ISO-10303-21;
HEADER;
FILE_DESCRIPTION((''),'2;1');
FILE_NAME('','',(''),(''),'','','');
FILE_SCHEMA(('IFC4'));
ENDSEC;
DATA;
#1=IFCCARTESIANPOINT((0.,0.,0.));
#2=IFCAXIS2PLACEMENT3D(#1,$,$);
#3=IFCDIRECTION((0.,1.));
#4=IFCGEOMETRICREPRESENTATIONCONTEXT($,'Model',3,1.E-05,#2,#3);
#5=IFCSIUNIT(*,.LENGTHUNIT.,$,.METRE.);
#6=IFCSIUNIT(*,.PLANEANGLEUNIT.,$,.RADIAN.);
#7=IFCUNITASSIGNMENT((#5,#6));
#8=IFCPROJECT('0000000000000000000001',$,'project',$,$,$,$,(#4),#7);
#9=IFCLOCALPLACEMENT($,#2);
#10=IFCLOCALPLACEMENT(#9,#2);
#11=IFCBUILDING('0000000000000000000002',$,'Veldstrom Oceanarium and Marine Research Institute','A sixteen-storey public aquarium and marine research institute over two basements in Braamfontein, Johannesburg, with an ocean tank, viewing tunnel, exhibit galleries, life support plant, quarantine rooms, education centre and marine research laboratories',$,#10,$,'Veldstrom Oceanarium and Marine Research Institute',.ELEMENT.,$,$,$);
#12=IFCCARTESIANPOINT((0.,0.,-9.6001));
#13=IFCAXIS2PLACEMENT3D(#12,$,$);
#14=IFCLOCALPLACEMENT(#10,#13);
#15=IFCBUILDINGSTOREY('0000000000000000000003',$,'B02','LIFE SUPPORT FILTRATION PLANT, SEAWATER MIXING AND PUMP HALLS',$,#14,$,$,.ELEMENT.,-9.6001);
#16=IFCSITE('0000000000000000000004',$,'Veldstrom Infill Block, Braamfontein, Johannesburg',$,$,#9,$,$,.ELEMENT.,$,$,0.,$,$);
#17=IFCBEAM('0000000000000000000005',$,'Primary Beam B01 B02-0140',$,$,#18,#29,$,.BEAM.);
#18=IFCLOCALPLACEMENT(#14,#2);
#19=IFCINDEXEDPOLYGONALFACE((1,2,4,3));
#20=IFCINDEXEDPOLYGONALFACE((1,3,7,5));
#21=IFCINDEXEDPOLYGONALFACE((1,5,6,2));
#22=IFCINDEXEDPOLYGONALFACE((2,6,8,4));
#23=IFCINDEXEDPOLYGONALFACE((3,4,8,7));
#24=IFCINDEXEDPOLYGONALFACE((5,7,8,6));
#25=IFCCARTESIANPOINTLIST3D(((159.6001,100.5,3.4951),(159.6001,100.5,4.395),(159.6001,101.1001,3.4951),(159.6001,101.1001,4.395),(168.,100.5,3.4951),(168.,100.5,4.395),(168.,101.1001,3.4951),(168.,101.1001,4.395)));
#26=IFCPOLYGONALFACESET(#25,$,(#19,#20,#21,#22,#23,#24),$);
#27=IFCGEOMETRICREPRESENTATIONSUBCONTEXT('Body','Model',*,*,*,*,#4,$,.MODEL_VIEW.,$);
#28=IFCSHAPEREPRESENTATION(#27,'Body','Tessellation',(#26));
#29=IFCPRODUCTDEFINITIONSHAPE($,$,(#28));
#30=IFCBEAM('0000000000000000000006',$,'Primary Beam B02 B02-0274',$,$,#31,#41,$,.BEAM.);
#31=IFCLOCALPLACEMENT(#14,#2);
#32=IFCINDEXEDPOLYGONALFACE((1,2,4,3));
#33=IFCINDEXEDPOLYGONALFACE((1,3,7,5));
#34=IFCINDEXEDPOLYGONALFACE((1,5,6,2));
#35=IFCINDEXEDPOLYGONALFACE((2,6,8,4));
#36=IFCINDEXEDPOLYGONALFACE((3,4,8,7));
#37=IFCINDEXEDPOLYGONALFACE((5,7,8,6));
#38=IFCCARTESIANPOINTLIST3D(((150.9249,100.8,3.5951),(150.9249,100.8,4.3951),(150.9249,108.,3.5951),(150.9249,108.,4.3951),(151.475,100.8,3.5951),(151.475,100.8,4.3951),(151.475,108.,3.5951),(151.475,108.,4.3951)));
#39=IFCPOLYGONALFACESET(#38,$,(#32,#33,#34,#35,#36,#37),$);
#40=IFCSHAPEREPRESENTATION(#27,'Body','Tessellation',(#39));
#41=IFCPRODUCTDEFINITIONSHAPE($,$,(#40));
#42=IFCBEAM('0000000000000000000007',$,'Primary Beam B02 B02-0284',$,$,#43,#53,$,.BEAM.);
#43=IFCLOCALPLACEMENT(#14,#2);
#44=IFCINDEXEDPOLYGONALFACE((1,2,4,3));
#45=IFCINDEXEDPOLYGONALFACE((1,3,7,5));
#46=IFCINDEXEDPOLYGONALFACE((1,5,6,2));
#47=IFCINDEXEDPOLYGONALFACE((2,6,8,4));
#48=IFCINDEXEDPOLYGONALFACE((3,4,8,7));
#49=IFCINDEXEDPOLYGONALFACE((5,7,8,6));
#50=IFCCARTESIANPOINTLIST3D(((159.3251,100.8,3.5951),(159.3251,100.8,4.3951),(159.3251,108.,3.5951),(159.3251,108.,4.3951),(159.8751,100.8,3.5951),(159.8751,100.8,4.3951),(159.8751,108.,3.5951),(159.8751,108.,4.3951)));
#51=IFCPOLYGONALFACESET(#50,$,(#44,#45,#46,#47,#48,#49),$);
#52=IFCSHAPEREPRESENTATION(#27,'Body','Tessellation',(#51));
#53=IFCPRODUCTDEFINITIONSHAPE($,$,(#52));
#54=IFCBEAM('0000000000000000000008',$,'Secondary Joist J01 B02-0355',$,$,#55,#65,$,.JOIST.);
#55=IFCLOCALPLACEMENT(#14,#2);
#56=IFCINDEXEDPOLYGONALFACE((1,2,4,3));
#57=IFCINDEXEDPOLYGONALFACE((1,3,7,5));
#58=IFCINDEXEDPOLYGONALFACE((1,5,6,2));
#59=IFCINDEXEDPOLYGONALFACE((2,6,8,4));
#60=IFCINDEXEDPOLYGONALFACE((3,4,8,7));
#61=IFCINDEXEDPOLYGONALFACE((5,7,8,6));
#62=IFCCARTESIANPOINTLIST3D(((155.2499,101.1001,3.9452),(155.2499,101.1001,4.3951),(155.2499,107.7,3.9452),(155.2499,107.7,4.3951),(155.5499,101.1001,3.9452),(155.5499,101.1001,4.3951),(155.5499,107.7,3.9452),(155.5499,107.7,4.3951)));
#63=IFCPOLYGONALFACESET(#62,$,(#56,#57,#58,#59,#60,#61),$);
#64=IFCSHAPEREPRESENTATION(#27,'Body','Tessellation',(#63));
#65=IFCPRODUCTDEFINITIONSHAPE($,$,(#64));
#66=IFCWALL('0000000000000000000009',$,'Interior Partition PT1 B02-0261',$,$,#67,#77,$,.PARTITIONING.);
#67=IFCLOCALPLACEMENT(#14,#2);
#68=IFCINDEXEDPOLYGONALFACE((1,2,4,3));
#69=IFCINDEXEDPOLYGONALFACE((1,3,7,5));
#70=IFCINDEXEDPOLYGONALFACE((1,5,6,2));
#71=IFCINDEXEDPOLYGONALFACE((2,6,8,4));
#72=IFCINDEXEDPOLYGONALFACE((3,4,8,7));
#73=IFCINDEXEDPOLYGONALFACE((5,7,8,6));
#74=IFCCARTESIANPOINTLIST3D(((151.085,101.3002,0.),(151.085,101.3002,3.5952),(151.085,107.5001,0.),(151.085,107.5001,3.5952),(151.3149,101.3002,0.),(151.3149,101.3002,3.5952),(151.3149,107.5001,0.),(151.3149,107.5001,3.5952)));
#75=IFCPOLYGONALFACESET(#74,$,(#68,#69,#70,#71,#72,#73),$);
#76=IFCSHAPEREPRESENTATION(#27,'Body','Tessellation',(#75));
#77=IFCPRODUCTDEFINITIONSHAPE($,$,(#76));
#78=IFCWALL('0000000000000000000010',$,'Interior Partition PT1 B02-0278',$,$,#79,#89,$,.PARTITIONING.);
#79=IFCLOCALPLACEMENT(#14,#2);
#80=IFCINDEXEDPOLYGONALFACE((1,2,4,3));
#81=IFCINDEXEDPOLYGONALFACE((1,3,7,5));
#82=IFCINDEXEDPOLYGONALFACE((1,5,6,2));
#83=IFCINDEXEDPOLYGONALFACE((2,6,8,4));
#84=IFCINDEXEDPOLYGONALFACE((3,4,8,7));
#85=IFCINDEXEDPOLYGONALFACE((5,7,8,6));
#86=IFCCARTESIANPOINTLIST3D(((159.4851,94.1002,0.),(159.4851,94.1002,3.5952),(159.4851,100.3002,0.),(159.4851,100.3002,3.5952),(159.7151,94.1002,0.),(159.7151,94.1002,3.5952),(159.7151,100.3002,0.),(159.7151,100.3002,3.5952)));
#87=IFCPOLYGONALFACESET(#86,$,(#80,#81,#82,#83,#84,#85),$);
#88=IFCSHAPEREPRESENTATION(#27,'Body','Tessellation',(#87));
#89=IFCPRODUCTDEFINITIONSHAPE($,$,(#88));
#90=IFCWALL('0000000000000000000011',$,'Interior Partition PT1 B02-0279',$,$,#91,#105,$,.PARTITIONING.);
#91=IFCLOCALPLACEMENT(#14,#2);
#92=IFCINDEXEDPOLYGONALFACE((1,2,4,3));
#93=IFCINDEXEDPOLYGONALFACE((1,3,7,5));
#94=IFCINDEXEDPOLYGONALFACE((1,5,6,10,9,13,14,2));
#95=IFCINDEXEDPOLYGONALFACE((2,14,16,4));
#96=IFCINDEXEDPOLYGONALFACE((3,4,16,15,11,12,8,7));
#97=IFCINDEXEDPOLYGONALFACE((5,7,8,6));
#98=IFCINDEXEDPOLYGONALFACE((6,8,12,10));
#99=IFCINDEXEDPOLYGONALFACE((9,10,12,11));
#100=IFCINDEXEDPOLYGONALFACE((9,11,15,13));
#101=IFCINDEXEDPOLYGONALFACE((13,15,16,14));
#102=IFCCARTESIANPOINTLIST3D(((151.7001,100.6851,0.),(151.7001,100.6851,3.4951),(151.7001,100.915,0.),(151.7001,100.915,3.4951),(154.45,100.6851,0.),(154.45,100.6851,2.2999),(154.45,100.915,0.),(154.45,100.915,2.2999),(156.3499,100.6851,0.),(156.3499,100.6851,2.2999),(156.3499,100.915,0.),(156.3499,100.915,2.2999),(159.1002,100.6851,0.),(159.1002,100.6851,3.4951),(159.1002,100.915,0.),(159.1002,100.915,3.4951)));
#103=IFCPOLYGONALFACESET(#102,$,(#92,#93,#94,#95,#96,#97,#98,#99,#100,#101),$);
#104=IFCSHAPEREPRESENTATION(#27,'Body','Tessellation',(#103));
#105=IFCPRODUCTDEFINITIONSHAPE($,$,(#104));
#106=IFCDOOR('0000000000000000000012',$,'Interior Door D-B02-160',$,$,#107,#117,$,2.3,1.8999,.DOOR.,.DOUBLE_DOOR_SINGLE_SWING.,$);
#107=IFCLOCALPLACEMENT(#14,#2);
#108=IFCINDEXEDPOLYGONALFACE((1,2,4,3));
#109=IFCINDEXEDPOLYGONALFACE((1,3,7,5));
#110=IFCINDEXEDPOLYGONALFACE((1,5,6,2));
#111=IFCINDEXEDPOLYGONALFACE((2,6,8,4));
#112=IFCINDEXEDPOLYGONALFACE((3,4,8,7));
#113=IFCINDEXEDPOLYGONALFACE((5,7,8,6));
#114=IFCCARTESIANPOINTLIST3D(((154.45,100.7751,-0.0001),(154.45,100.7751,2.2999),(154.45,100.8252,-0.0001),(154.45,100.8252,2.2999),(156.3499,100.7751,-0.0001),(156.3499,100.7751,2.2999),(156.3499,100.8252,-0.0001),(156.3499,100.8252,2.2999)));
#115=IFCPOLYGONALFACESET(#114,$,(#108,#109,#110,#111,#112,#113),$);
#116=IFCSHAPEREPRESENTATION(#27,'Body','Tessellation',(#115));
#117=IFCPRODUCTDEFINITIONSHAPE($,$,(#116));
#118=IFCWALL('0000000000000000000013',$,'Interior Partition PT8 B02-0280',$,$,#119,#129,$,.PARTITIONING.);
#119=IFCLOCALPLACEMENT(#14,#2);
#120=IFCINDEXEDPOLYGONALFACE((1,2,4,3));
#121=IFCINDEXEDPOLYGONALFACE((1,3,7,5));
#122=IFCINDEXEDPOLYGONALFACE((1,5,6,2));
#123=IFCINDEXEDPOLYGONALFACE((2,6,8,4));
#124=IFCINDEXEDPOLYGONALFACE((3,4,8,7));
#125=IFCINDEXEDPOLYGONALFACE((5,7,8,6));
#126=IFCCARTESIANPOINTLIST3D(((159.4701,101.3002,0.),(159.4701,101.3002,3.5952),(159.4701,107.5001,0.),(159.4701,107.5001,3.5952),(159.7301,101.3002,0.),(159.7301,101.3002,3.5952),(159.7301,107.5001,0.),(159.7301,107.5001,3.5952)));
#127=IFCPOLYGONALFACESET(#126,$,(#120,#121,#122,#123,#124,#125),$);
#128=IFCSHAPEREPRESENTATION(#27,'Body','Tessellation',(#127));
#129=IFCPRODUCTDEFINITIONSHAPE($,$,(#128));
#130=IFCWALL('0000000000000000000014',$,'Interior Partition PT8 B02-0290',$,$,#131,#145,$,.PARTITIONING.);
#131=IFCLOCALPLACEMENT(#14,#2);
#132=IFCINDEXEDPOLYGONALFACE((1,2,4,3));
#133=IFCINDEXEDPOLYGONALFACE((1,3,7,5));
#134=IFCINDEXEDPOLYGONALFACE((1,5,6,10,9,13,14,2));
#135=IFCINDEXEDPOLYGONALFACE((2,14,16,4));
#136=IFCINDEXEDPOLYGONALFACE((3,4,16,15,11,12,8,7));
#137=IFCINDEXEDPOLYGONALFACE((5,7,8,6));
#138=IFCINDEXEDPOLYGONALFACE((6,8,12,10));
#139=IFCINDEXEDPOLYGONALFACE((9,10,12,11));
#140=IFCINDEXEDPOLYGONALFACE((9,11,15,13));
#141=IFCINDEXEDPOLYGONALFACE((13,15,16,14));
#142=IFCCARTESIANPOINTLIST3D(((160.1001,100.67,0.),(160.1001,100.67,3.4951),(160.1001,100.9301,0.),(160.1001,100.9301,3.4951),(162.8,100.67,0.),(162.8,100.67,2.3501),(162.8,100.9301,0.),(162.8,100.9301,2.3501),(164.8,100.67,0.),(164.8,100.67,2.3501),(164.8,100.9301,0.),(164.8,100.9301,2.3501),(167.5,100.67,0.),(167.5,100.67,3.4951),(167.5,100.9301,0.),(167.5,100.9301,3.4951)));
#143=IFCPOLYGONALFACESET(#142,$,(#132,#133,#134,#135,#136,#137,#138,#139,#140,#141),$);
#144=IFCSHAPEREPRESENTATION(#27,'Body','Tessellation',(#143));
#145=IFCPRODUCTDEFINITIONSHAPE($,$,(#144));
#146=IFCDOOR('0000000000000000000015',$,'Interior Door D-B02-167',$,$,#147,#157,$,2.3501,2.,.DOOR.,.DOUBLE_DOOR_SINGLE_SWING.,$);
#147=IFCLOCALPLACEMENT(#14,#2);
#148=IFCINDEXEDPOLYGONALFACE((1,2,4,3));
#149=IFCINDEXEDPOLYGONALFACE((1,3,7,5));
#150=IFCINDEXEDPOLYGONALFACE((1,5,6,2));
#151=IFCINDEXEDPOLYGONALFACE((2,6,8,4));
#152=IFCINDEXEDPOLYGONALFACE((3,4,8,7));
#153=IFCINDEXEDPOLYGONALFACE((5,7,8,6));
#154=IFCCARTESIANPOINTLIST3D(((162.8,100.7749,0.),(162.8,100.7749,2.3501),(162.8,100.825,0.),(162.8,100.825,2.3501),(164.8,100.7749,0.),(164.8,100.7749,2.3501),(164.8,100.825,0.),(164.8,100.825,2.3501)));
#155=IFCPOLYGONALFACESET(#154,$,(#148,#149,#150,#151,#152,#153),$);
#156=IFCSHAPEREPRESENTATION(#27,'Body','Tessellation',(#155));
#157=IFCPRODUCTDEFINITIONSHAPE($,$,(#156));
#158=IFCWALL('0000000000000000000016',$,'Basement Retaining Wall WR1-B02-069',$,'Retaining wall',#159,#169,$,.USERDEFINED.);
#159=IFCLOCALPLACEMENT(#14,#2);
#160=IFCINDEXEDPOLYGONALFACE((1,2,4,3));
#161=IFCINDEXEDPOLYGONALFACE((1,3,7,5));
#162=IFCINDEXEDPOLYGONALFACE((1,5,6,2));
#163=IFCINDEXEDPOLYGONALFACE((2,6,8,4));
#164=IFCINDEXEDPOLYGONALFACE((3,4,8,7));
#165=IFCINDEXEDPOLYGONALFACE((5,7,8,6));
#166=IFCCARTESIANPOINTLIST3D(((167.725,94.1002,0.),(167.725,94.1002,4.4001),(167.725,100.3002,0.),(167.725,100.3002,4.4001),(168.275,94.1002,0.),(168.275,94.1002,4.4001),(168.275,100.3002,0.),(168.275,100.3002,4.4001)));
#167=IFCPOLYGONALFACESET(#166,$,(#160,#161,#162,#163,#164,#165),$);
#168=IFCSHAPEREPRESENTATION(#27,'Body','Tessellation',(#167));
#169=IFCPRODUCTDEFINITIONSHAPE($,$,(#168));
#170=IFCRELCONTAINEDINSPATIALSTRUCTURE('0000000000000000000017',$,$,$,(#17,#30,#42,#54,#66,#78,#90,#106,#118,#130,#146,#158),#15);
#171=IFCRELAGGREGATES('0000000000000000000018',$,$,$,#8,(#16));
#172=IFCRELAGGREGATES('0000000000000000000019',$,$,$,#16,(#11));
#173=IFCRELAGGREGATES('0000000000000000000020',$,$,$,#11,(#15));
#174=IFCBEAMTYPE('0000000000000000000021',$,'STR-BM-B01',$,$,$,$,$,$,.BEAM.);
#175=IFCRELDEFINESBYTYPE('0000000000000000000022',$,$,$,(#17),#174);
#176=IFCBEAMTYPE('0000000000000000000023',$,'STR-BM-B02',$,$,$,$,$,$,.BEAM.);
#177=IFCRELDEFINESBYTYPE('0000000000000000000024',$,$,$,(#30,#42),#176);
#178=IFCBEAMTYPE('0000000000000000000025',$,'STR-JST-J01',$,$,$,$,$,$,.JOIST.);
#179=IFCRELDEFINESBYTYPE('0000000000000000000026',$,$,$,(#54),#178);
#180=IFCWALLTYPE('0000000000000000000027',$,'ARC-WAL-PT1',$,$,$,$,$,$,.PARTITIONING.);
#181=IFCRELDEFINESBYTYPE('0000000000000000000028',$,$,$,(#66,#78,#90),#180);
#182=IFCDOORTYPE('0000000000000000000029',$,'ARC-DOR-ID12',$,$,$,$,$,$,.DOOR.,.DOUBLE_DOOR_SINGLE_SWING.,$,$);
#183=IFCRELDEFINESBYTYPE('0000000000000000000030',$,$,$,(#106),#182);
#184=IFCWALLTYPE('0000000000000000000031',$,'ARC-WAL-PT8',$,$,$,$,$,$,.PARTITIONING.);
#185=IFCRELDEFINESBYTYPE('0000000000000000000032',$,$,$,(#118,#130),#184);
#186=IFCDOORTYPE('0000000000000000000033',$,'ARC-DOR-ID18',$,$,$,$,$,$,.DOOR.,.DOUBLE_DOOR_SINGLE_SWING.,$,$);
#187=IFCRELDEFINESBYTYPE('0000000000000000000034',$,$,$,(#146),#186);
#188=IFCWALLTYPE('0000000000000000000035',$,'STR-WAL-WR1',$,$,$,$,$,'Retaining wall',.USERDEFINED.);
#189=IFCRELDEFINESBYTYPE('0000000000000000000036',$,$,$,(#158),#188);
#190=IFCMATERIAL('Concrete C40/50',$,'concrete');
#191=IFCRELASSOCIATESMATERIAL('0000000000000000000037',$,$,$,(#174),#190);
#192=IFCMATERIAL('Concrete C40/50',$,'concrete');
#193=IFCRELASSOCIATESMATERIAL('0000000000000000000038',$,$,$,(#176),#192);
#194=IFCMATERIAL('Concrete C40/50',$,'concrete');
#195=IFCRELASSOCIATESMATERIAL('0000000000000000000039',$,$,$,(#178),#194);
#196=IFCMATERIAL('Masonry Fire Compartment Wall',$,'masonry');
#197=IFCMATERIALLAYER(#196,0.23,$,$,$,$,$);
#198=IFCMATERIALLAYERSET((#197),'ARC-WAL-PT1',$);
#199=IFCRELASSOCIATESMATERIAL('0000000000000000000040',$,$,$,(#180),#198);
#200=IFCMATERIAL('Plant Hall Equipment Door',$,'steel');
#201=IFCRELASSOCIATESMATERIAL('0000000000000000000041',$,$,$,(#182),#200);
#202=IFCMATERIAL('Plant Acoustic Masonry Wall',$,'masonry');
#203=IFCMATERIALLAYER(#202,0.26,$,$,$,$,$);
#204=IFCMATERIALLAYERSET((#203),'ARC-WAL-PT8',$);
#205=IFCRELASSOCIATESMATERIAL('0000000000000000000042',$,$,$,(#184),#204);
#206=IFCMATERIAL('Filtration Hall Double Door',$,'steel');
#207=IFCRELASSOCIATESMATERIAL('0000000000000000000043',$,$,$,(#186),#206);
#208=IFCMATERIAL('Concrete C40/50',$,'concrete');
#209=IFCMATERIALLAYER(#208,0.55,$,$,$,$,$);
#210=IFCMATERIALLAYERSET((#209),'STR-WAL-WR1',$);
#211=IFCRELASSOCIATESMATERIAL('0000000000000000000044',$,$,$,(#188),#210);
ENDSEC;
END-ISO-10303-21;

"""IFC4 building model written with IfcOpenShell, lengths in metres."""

from ifc_helpers import new_model, si_unit, direction, frame, frame_2d, origin, origin_2d, place, context, subcontext, project, spatial, rectangle, extrude, material, layer, layer_set, material_profile, profile_set, type_object, element, fill, save


model = new_model("IFC4")

# Units and contexts
model_context = context("Model", 3, precision=1e-05, world=origin(), true_north=direction((0.0, 1.0)))
body_context = subcontext(model_context, "Body", "Model", "MODEL_VIEW")
ifc_project = project(units=[si_unit("LENGTHUNIT", "METRE"), si_unit("PLANEANGLEUNIT", "RADIAN")], contexts=[model_context])

# Site, building, storey
site_placement = place(None, origin())
site = spatial("IfcSite", under=ifc_project, at=site_placement, Name="Veldstrom Infill Block, Braamfontein, Johannesburg", CompositionType="ELEMENT", RefElevation=0.0)
building_placement = place(site_placement, origin())
building = spatial("IfcBuilding", under=site, at=building_placement, Name="Veldstrom Oceanarium and Marine Research Institute", Description="A sixteen-storey public aquarium and marine research institute over two basements in Braamfontein, Johannesburg, with an ocean tank, viewing tunnel, exhibit galleries, life support plant, quarantine rooms, education centre and marine research laboratories", LongName="Veldstrom Oceanarium and Marine Research Institute", CompositionType="ELEMENT")
storey_placement = place(building_placement, frame((0.0, 0.0, -9.6001)))
storey = spatial("IfcBuildingStorey", under=building, at=storey_placement, Name="B02", Description="LIFE SUPPORT FILTRATION PLANT, SEAWATER MIXING AND PUMP HALLS", CompositionType="ELEMENT", Elevation=-9.6001)

# Beams
ifc_material_1 = material(Name="Concrete C40/50", Category="concrete")
ifc_material_profile_1 = material_profile(ifc_material_1, rectangle(XDim=0.6001, YDim=0.8999, at=origin_2d()), Name="RC-BM-600x900")
ifc_profile_set_1 = profile_set([ifc_material_profile_1], Name="Concrete C40/50")
beam_type_1 = type_object("IfcBeamType", Name="STR-BM-B01", PredefinedType="BEAM", material=ifc_profile_set_1)
beam_1_placement = place(storey_placement, frame((159.6001, 100.8, 3.9451), z_axis=(1.0, 0.0, 0.0), x_axis=(0.0, 1.0, 0.0)))
element("IfcBeam", 1, at=beam_1_placement, inside=storey, type_object=beam_type_1, Name="Primary Beam B01 B02-0140", PredefinedType="BEAM", context=body_context, shape_type="SweptSolid", body=[
    extrude(rectangle(XDim=0.6001, YDim=0.8999, at=origin_2d()), origin(), (0.0, 0.0, 1.0), 8.3999),
])
ifc_material_2 = material(Name="Concrete C40/50", Category="concrete")
ifc_material_profile_2 = material_profile(ifc_material_2, rectangle(XDim=0.55, YDim=0.8, at=origin_2d()), Name="RC-BM-550x800")
ifc_profile_set_2 = profile_set([ifc_material_profile_2], Name="Concrete C40/50")
beam_type_2 = type_object("IfcBeamType", Name="STR-BM-B02", PredefinedType="BEAM", material=ifc_profile_set_2)
for number, where, z_axis, x_axis, name in (
    (2, (151.2, 100.8, 3.9951), (0.0, 1.0, 0.0), (-1.0, 0.0, 0.0), "Primary Beam B02 B02-0274"),
    (3, (159.6001, 100.8, 3.9951), (0.0, 1.0, 0.0), (-1.0, 0.0, 0.0), "Primary Beam B02 B02-0284"),
):
    element("IfcBeam", number, at=place(storey_placement, frame(where, z_axis=z_axis, x_axis=x_axis)), inside=storey, type_object=beam_type_2, Name=name, PredefinedType="BEAM", context=body_context, shape_type="SweptSolid", body=[
        extrude(rectangle(XDim=0.55, YDim=0.8, at=origin_2d()), origin(), (0.0, 0.0, 1.0), 7.2),
    ])
ifc_material_3 = material(Name="Concrete C40/50", Category="concrete")
ifc_material_profile_3 = material_profile(ifc_material_3, rectangle(XDim=0.3, YDim=0.45, at=origin_2d()), Name="RC-JST-300x450")
ifc_profile_set_3 = profile_set([ifc_material_profile_3], Name="Concrete C40/50")
beam_type_3 = type_object("IfcBeamType", Name="STR-JST-J01", PredefinedType="JOIST", material=ifc_profile_set_3)
beam_2_placement = place(storey_placement, frame((155.3999, 101.1001, 4.1702), z_axis=(0.0, 1.0, 0.0), x_axis=(-1.0, 0.0, 0.0)))
element("IfcBeam", 4, at=beam_2_placement, inside=storey, type_object=beam_type_3, Name="Secondary Joist J01 B02-0355", PredefinedType="JOIST", context=body_context, shape_type="SweptSolid", body=[
    extrude(rectangle(XDim=0.3, YDim=0.45, at=origin_2d()), origin(), (0.0, 0.0, 1.0), 6.5999),
])

# Walls
ifc_material_4 = material(Name="Masonry Fire Compartment Wall", Category="masonry")
ifc_layer_1 = layer(ifc_material_4, 0.23)
ifc_layer_set_1 = layer_set([ifc_layer_1], Name="ARC-WAL-PT1")
wall_type_1 = type_object("IfcWallType", Name="ARC-WAL-PT1", PredefinedType="PARTITIONING", material=ifc_layer_set_1)
for number, where, z_axis, x_axis, name in (
    (5, (151.2, 101.3, 0.0), (0.0, 0.0, 1.0), (0.0, 1.0, 0.0), "Interior Partition PT1 B02-0261"),
    (6, (159.6001, 94.1001, 0.0), (0.0, 0.0, 1.0), (0.0, 1.0, 0.0), "Interior Partition PT1 B02-0278"),
):
    element("IfcWall", number, at=place(storey_placement, frame(where, z_axis=z_axis, x_axis=x_axis)), inside=storey, type_object=wall_type_1, Name=name, PredefinedType="PARTITIONING", context=body_context, shape_type="SweptSolid", body=[
        extrude(rectangle(XDim=6.2, YDim=0.23, at=frame_2d((3.1001, 0.0))), origin(), (0.0, 0.0, 1.0), 3.5952),
    ])

# Wall, opening, door
wall_1_placement = place(storey_placement, frame((151.7, 100.8, 0.0), z_axis=(0.0, 0.0, 1.0), x_axis=(1.0, 0.0, 0.0)))
wall_1 = element("IfcWall", 7, at=wall_1_placement, inside=storey, type_object=wall_type_1, Name="Interior Partition PT1 B02-0279", PredefinedType="PARTITIONING", context=body_context, shape_type="SweptSolid", body=[
    extrude(rectangle(XDim=7.4001, YDim=0.23, at=frame_2d((3.7002, 0.0))), origin(), (0.0, 0.0, 1.0), 3.4951),
])
opening_1_placement = place(wall_1_placement, frame((2.75, 0.0, 0.0)))
opening_1 = element("IfcOpeningElement", 8, at=opening_1_placement, cuts=wall_1, PredefinedType="OPENING", context=body_context, shape_type="SweptSolid", body=[
    extrude(rectangle(XDim=1.8999, YDim=2.3, at=frame_2d((0.95, 1.1499))), frame((0.0, 0.125, 0.0), z_axis=(0.0, -1.0, 0.0), x_axis=(1.0, 0.0, 0.0)), (0.0, 0.0, 1.0), 0.25),
])
ifc_material_5 = material(Name="Plant Hall Equipment Door", Category="steel")
door_type_1 = type_object("IfcDoorType", Name="ARC-DOR-ID12", OperationType="DOUBLE_DOOR_SINGLE_SWING", PredefinedType="DOOR", material=ifc_material_5)
door_1_placement = place(opening_1_placement, frame((1.8999, 0.0, 0.0), z_axis=(0.0, 0.0, 1.0), x_axis=(-1.0, 0.0, 0.0)))
door_1 = element("IfcDoor", 9, at=door_1_placement, inside=storey, type_object=door_type_1, Name="Interior Door D-B02-160", OperationType="DOUBLE_DOOR_SINGLE_SWING", OverallHeight=2.3, OverallWidth=1.8999, PredefinedType="DOOR", context=body_context, shape_type="SweptSolid", body=[
    extrude(rectangle(XDim=1.8999, YDim=2.3, at=frame_2d((0.95, 1.1499))), frame((0.0, 0.0249, 0.0), z_axis=(0.0, -1.0, 0.0), x_axis=(1.0, 0.0, 0.0)), (0.0, 0.0, 1.0), 0.05),
])
fill(opening_1, door_1)

# Wall
ifc_material_6 = material(Name="Plant Acoustic Masonry Wall", Category="masonry")
ifc_layer_2 = layer(ifc_material_6, 0.26)
ifc_layer_set_2 = layer_set([ifc_layer_2], Name="ARC-WAL-PT8")
wall_type_2 = type_object("IfcWallType", Name="ARC-WAL-PT8", PredefinedType="PARTITIONING", material=ifc_layer_set_2)
wall_2_placement = place(storey_placement, frame((159.6001, 101.3, 0.0), z_axis=(0.0, 0.0, 1.0), x_axis=(0.0, 1.0, 0.0)))
element("IfcWall", 10, at=wall_2_placement, inside=storey, type_object=wall_type_2, Name="Interior Partition PT8 B02-0280", PredefinedType="PARTITIONING", context=body_context, shape_type="SweptSolid", body=[
    extrude(rectangle(XDim=6.2, YDim=0.26, at=frame_2d((3.1001, 0.0))), origin(), (0.0, 0.0, 1.0), 3.5952),
])

# Wall, opening, door
wall_3_placement = place(storey_placement, frame((160.1001, 100.8, 0.0), z_axis=(0.0, 0.0, 1.0), x_axis=(1.0, 0.0, 0.0)))
wall_3 = element("IfcWall", 11, at=wall_3_placement, inside=storey, type_object=wall_type_2, Name="Interior Partition PT8 B02-0290", PredefinedType="PARTITIONING", context=body_context, shape_type="SweptSolid", body=[
    extrude(rectangle(XDim=7.3999, YDim=0.26, at=frame_2d((3.7, 0.0))), origin(), (0.0, 0.0, 1.0), 3.4951),
])
opening_2_placement = place(wall_3_placement, frame((2.7, 0.0, 0.0)))
opening_2 = element("IfcOpeningElement", 12, at=opening_2_placement, cuts=wall_3, PredefinedType="OPENING", context=body_context, shape_type="SweptSolid", body=[
    extrude(rectangle(XDim=2.0, YDim=2.3501, at=frame_2d((1.0, 1.175))), frame((0.0, 0.1399, 0.0), z_axis=(0.0, -1.0, 0.0), x_axis=(1.0, 0.0, 0.0)), (0.0, 0.0, 1.0), 0.28),
])
ifc_material_7 = material(Name="Filtration Hall Double Door", Category="steel")
door_type_2 = type_object("IfcDoorType", Name="ARC-DOR-ID18", OperationType="DOUBLE_DOOR_SINGLE_SWING", PredefinedType="DOOR", material=ifc_material_7)
door_2_placement = place(opening_2_placement, origin())
door_2 = element("IfcDoor", 13, at=door_2_placement, inside=storey, type_object=door_type_2, Name="Interior Door D-B02-167", OperationType="DOUBLE_DOOR_SINGLE_SWING", OverallHeight=2.3501, OverallWidth=2.0, PredefinedType="DOOR", context=body_context, shape_type="SweptSolid", body=[
    extrude(rectangle(XDim=2.0, YDim=2.3501, at=frame_2d((1.0, 1.175))), frame((0.0, 0.0249, 0.0), z_axis=(0.0, -1.0, 0.0), x_axis=(1.0, 0.0, 0.0)), (0.0, 0.0, 1.0), 0.05),
])
fill(opening_2, door_2)

# Wall
ifc_material_8 = material(Name="Concrete C40/50", Category="concrete")
ifc_layer_3 = layer(ifc_material_8, 0.55)
ifc_layer_set_3 = layer_set([ifc_layer_3], Name="STR-WAL-WR1")
wall_type_3 = type_object("IfcWallType", Name="STR-WAL-WR1", ElementType="Retaining wall", PredefinedType="USERDEFINED", material=ifc_layer_set_3)
for number, where, z_axis, x_axis, name in (
    (14, (168.0, 94.1001, 0.0), (0.0, 0.0, 1.0), (0.0, 1.0, 0.0), "Basement Retaining Wall WR1-B02-069"),
):
    element("IfcWall", number, at=place(storey_placement, frame(where, z_axis=z_axis, x_axis=x_axis)), inside=storey, type_object=wall_type_3, Name=name, ObjectType="Retaining wall", PredefinedType="USERDEFINED", context=body_context, shape_type="SweptSolid", body=[
        extrude(rectangle(XDim=6.2, YDim=0.55, at=frame_2d((3.1001, 0.0))), origin(), (0.0, 0.0, 1.0), 4.4001),
    ])

save(model, "model.ifc")
